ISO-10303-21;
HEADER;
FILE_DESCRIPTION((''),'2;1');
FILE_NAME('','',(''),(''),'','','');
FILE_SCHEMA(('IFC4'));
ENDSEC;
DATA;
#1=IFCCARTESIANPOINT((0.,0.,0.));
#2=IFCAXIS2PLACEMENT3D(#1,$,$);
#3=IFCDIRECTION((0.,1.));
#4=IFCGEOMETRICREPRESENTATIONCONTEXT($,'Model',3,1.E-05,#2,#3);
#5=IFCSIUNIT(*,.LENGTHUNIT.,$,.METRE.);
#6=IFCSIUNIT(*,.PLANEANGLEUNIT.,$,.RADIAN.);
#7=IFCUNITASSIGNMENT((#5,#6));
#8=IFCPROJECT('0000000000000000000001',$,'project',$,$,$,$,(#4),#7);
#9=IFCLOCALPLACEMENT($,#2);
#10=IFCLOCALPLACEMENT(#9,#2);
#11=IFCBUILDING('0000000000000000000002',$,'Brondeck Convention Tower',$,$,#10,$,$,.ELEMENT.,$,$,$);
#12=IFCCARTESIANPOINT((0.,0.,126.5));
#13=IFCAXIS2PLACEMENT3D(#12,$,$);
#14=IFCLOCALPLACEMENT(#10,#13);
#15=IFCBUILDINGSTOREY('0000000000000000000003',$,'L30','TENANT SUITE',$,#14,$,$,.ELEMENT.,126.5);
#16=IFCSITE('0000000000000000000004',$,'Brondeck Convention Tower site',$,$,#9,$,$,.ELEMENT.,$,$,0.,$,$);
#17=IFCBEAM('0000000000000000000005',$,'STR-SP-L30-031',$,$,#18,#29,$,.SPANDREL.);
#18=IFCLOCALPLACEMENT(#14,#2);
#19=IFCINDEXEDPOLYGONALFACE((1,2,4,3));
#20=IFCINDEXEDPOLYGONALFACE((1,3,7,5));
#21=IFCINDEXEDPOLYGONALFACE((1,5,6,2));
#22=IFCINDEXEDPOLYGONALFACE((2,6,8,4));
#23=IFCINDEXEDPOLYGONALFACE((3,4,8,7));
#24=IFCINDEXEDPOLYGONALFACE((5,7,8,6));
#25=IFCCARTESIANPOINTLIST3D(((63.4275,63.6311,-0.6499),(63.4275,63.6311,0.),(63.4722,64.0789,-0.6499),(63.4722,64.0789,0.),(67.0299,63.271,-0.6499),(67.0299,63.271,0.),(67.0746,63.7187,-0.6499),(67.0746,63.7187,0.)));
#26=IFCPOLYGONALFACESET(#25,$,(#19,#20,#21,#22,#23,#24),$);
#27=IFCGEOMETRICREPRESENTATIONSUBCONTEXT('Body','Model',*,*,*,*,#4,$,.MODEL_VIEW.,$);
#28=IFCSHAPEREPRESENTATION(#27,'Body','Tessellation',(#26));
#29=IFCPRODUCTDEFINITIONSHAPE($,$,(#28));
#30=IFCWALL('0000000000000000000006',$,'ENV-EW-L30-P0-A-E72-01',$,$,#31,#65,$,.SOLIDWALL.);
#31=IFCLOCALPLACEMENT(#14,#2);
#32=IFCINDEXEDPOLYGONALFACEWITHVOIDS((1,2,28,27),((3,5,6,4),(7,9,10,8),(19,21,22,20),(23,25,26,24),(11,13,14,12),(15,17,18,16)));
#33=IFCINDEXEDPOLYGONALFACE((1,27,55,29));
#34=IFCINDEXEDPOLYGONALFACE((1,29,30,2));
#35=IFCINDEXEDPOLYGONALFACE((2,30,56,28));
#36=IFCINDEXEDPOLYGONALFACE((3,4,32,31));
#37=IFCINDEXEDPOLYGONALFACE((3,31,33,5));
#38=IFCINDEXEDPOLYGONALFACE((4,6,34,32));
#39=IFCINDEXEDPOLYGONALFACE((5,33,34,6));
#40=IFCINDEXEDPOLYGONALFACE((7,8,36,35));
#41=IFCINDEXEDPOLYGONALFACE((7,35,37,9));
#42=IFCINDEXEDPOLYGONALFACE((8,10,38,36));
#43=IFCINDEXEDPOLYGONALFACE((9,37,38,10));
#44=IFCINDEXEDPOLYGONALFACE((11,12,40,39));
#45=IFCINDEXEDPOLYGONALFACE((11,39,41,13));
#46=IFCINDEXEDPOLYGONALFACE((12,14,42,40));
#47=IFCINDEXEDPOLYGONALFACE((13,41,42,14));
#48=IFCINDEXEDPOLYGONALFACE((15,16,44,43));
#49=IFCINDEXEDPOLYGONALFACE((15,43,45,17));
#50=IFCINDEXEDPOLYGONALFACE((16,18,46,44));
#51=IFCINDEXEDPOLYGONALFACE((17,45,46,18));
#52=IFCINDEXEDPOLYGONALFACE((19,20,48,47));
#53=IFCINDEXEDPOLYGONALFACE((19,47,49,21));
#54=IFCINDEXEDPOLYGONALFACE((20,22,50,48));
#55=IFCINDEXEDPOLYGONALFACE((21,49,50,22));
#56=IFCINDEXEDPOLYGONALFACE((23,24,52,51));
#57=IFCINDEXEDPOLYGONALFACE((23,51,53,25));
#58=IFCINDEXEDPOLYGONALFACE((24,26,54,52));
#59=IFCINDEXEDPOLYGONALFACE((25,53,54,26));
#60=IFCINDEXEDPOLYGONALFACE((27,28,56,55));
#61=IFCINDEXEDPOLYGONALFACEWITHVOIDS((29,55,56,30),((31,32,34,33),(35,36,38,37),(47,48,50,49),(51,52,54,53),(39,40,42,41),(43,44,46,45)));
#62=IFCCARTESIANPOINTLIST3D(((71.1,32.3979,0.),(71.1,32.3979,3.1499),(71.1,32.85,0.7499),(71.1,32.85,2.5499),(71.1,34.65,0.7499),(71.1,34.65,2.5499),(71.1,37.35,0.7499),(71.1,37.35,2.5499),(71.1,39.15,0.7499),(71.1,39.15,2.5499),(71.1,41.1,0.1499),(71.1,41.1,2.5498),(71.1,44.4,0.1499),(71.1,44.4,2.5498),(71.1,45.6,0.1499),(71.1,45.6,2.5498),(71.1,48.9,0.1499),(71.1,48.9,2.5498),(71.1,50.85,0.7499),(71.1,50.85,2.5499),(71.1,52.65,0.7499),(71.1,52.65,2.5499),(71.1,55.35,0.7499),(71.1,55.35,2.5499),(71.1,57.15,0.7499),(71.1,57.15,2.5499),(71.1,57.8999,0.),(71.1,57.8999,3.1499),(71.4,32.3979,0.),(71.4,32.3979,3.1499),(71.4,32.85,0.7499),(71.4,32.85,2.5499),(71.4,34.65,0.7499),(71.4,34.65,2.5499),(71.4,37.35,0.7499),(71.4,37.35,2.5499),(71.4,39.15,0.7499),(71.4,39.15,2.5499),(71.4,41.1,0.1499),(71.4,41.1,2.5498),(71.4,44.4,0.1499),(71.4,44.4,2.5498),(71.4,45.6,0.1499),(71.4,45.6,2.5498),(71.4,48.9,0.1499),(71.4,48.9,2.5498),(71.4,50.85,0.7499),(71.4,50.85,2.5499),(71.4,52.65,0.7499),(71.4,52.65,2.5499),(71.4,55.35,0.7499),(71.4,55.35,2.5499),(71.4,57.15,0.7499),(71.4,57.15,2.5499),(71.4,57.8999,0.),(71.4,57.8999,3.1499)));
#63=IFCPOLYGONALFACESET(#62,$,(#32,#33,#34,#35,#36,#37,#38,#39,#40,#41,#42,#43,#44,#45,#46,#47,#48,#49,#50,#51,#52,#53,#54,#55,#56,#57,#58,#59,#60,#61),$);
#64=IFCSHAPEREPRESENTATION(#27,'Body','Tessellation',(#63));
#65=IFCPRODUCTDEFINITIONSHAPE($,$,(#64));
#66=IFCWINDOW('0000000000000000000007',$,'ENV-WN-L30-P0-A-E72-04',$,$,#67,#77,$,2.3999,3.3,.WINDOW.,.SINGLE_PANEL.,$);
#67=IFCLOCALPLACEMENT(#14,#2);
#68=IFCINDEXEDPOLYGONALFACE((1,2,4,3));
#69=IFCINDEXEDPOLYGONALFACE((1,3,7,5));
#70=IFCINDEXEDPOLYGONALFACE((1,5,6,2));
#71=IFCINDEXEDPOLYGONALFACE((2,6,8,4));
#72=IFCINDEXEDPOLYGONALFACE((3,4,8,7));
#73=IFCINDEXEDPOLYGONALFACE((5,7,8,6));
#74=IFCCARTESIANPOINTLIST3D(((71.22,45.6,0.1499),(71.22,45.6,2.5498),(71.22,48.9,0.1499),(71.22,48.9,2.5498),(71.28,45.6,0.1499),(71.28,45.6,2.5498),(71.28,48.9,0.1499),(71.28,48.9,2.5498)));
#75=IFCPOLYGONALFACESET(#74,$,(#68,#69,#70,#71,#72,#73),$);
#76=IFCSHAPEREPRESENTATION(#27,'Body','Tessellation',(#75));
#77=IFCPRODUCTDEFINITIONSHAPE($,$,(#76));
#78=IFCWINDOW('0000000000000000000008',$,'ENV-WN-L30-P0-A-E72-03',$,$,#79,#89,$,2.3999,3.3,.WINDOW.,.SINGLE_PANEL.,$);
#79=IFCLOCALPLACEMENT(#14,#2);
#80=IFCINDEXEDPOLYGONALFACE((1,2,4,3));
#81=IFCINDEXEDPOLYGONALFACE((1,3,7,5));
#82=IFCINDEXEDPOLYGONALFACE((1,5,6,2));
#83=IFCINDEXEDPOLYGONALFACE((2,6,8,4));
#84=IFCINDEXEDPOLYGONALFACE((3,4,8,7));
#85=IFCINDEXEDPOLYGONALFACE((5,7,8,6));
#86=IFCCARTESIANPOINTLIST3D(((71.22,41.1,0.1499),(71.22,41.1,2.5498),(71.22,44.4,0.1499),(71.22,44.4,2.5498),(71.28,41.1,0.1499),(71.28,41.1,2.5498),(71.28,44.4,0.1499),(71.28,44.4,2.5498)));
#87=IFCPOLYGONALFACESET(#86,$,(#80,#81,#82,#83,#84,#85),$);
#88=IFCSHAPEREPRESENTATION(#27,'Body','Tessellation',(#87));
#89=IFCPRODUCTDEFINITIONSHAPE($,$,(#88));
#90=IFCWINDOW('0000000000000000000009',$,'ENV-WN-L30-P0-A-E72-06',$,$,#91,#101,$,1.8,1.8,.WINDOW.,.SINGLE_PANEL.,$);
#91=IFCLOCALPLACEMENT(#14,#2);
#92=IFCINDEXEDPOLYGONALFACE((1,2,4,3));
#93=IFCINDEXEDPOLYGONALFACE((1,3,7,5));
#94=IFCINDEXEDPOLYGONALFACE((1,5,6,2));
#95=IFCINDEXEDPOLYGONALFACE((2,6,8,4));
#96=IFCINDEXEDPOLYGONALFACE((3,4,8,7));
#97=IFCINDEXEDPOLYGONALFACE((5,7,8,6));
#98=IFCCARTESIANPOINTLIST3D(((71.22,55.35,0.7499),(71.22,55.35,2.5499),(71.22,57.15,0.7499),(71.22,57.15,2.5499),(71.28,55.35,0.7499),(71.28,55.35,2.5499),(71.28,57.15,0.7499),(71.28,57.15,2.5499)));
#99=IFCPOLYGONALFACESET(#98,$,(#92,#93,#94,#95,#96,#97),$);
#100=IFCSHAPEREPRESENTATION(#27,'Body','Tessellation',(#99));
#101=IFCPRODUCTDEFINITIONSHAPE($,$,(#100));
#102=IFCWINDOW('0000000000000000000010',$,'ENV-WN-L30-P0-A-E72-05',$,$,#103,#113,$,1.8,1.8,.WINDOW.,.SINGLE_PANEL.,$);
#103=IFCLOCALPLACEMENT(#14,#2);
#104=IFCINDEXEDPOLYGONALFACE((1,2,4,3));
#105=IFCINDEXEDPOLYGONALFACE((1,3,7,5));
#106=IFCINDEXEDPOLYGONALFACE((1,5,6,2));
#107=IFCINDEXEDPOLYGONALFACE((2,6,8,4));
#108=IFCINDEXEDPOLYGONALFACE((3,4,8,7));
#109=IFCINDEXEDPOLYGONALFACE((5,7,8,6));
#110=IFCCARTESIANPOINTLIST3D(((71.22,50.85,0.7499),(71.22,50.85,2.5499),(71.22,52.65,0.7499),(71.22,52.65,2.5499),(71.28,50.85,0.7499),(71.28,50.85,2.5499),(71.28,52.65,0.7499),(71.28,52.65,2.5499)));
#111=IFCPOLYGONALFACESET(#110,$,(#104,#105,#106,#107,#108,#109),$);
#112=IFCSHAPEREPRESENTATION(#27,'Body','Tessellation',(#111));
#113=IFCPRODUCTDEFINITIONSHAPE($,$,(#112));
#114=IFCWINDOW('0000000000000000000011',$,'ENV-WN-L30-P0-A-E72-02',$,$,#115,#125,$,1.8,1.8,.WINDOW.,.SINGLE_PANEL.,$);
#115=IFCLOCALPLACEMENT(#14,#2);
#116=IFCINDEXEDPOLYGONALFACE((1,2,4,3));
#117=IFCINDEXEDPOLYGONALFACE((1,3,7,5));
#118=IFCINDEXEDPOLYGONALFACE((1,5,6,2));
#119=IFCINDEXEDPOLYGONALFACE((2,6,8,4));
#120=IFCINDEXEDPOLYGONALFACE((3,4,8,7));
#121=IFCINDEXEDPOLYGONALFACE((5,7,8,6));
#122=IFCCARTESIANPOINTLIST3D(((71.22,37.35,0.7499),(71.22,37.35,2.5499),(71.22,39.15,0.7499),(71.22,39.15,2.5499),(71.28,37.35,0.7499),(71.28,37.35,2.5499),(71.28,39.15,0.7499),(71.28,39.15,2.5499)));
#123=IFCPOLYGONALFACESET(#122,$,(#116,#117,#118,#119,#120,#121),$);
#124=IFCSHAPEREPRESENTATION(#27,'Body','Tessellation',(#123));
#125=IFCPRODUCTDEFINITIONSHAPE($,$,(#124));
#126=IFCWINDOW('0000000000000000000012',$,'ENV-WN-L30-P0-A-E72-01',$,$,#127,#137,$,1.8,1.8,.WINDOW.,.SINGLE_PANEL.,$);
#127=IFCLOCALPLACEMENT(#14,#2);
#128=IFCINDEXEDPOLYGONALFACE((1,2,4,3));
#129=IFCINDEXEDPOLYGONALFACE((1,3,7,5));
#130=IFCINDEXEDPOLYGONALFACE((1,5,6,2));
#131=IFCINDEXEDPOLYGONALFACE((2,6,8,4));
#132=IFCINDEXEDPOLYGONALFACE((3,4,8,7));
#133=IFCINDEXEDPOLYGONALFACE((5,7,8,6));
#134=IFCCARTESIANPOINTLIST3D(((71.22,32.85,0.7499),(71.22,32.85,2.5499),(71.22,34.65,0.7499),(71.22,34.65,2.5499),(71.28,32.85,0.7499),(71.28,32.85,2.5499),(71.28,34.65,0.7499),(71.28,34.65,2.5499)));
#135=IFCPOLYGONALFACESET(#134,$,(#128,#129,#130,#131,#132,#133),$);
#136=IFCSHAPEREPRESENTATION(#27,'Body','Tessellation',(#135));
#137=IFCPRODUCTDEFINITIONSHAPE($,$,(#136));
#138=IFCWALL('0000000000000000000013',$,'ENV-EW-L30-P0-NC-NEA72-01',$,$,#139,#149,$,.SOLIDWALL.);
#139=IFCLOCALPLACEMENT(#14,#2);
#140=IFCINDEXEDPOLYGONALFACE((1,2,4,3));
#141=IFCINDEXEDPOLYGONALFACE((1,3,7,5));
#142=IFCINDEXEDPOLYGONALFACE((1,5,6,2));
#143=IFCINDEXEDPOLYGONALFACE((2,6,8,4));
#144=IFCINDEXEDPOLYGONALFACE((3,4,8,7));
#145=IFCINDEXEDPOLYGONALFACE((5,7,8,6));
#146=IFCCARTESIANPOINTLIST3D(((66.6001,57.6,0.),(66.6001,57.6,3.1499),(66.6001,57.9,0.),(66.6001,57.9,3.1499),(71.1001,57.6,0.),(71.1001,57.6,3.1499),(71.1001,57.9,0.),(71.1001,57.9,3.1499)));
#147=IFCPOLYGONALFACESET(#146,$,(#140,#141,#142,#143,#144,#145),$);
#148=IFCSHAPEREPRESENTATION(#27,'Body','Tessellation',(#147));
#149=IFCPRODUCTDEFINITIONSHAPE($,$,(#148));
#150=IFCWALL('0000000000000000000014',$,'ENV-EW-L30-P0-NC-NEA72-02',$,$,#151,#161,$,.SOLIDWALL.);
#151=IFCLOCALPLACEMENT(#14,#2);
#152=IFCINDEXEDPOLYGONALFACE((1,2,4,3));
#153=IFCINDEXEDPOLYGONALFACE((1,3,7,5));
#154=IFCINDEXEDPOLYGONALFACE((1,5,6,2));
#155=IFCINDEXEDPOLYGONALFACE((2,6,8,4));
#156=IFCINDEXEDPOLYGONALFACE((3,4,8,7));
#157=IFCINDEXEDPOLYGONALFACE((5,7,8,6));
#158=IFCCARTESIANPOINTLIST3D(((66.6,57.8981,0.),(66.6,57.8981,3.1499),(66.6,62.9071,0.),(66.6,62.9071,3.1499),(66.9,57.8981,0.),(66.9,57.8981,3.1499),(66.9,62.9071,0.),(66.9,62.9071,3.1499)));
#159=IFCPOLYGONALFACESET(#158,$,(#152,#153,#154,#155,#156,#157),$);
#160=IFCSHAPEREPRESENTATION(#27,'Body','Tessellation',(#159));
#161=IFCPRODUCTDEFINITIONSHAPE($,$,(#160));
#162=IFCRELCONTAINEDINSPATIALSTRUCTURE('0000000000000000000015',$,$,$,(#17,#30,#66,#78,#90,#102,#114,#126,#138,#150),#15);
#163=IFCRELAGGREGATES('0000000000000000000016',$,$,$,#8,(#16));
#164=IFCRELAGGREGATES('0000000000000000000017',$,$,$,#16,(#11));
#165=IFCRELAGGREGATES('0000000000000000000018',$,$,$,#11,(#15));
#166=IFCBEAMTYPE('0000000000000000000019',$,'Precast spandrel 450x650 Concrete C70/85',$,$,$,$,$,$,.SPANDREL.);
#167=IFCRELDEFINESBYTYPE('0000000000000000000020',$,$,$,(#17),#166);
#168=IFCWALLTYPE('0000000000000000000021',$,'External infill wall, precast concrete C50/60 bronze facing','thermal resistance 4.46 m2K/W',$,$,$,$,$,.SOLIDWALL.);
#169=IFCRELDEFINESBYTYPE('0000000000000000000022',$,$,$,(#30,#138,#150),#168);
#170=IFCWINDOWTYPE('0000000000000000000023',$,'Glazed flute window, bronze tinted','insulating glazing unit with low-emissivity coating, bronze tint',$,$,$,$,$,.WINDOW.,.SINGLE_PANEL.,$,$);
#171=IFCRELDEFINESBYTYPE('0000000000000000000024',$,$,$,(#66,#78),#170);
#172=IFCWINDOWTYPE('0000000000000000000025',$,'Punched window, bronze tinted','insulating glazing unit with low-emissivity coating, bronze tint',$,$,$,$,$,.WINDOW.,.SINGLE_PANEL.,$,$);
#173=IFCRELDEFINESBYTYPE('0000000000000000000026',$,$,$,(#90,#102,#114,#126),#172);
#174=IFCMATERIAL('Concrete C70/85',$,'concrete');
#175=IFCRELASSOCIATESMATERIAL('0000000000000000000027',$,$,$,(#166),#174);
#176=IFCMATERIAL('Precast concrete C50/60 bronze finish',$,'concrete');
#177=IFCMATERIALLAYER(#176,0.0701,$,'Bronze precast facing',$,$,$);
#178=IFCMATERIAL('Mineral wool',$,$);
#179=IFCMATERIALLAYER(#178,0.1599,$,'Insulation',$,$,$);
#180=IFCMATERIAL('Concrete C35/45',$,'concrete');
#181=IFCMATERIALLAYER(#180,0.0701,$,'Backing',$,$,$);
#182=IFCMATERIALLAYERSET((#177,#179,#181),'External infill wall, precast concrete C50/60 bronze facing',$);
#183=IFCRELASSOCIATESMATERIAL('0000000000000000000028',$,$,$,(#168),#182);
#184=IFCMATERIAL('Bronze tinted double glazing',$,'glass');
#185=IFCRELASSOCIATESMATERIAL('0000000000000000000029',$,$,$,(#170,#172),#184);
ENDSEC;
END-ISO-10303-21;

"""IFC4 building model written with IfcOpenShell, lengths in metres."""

from ifc_helpers import new_model, si_unit, direction, frame, frame_2d, origin, origin_2d, place, context, subcontext, project, spatial, rectangle, extrude, material, layer, layer_set, material_profile, profile_set, type_object, element, fill, save


model = new_model("IFC4")

# Units and contexts
model_context = context("Model", 3, precision=1e-05, world=origin(), true_north=direction((0.0, 1.0)))
body_context = subcontext(model_context, "Body", "Model", "MODEL_VIEW")
ifc_project = project(units=[si_unit("LENGTHUNIT", "METRE"), si_unit("PLANEANGLEUNIT", "RADIAN")], contexts=[model_context])

# Site, building, storey
site_placement = place(None, origin())
site = spatial("IfcSite", under=ifc_project, at=site_placement, Name="Brondeck Convention Tower site", CompositionType="ELEMENT", RefElevation=0.0)
building_placement = place(site_placement, origin())
building = spatial("IfcBuilding", under=site, at=building_placement, Name="Brondeck Convention Tower", CompositionType="ELEMENT")
storey_placement = place(building_placement, frame((0.0, 0.0, 126.5)))
storey = spatial("IfcBuildingStorey", under=building, at=storey_placement, Name="L30", Description="TENANT SUITE", CompositionType="ELEMENT", Elevation=126.5)

# Shared definitions
ifc_material_1 = material(Name="Concrete C70/85", Category="concrete")

# Beam
ifc_material_profile_1 = material_profile(ifc_material_1, rectangle(XDim=0.45, YDim=0.6499, at=origin_2d()), Name="Precast spandrel 450x650 Concrete C70/85")
ifc_profile_set_1 = profile_set([ifc_material_profile_1], Name="Concrete C70/85")
beam_type_1 = type_object("IfcBeamType", Name="Precast spandrel 450x650 Concrete C70/85", PredefinedType="SPANDREL", material=ifc_profile_set_1)
beam_1_placement = place(storey_placement, frame((67.0522, 63.4949, -0.325), z_axis=(-0.995041, 0.09947, 0.0), x_axis=(-0.09947, -0.995041, 0.0)))
element("IfcBeam", 1, at=beam_1_placement, inside=storey, type_object=beam_type_1, Name="STR-SP-L30-031", PredefinedType="SPANDREL", context=body_context, shape_type="SweptSolid", body=[
    extrude(rectangle(XDim=0.45, YDim=0.6499, at=origin_2d()), origin(), (0.0, 0.0, 1.0), 3.6204),
])

# Wall, openings, windows
ifc_material_2 = material(Name="Precast concrete C50/60 bronze finish", Category="concrete")
ifc_layer_1 = layer(ifc_material_2, 0.0701, Name="Bronze precast facing")
ifc_material_3 = material(Name="Mineral wool")
ifc_layer_2 = layer(ifc_material_3, 0.1599, Name="Insulation")
ifc_material_4 = material(Name="Concrete C35/45", Category="concrete")
ifc_layer_3 = layer(ifc_material_4, 0.0701, Name="Backing")
ifc_layer_set_1 = layer_set([ifc_layer_1, ifc_layer_2, ifc_layer_3], Name="External infill wall, precast concrete C50/60 bronze facing")
wall_type_1 = type_object("IfcWallType", Name="External infill wall, precast concrete C50/60 bronze facing", Description="thermal resistance 4.46 m2K/W", PredefinedType="SOLIDWALL", material=ifc_layer_set_1)
wall_1_placement = place(storey_placement, frame((71.25, 57.8999, 0.0), z_axis=(0.0, 0.0, 1.0), x_axis=(0.0, -1.0, 0.0)))
wall_1 = element("IfcWall", 2, at=wall_1_placement, inside=storey, type_object=wall_type_1, Name="ENV-EW-L30-P0-A-E72-01", PredefinedType="SOLIDWALL", context=body_context, shape_type="SweptSolid", body=[
    extrude(rectangle(XDim=25.502, YDim=0.3, at=frame_2d((12.751, 0.0))), origin(), (0.0, 0.0, 1.0), 3.1499),
])
opening_1_placement = place(wall_1_placement, frame((0.75, 0.0, 0.75)))
opening_1 = element("IfcOpeningElement", 3, at=opening_1_placement, cuts=wall_1, PredefinedType="OPENING", context=body_context, shape_type="SweptSolid", body=[
    extrude(rectangle(XDim=1.8, YDim=1.8, at=frame_2d((0.8999, 0.8999))), frame((0.0, 0.1599, 0.0), z_axis=(0.0, -1.0, 0.0), x_axis=(1.0, 0.0, 0.0)), (0.0, 0.0, 1.0), 0.3201),
])
opening_2_placement = place(wall_1_placement, frame((5.25, 0.0, 0.75)))
opening_2 = element("IfcOpeningElement", 4, at=opening_2_placement, cuts=wall_1, PredefinedType="OPENING", context=body_context, shape_type="SweptSolid", body=[
    extrude(rectangle(XDim=1.8, YDim=1.8, at=frame_2d((0.8999, 0.8999))), frame((0.0, 0.1599, 0.0), z_axis=(0.0, -1.0, 0.0), x_axis=(1.0, 0.0, 0.0)), (0.0, 0.0, 1.0), 0.3201),
])
opening_3_placement = place(wall_1_placement, frame((9.0, 0.0, 0.1499)))
opening_3 = element("IfcOpeningElement", 5, at=opening_3_placement, cuts=wall_1, PredefinedType="OPENING", context=body_context, shape_type="SweptSolid", body=[
    extrude(rectangle(XDim=3.3, YDim=2.3999, at=frame_2d((1.6499, 1.2))), frame((0.0, 0.1599, 0.0), z_axis=(0.0, -1.0, 0.0), x_axis=(1.0, 0.0, 0.0)), (0.0, 0.0, 1.0), 0.3201),
])
opening_4_placement = place(wall_1_placement, frame((13.5, 0.0, 0.1499)))
opening_4 = element("IfcOpeningElement", 6, at=opening_4_placement, cuts=wall_1, PredefinedType="OPENING", context=body_context, shape_type="SweptSolid", body=[
    extrude(rectangle(XDim=3.3, YDim=2.3999, at=frame_2d((1.6499, 1.2))), frame((0.0, 0.1599, 0.0), z_axis=(0.0, -1.0, 0.0), x_axis=(1.0, 0.0, 0.0)), (0.0, 0.0, 1.0), 0.3201),
])
opening_5_placement = place(wall_1_placement, frame((18.75, 0.0, 0.75)))
opening_5 = element("IfcOpeningElement", 7, at=opening_5_placement, cuts=wall_1, PredefinedType="OPENING", context=body_context, shape_type="SweptSolid", body=[
    extrude(rectangle(XDim=1.8, YDim=1.8, at=frame_2d((0.8999, 0.8999))), frame((0.0, 0.1599, 0.0), z_axis=(0.0, -1.0, 0.0), x_axis=(1.0, 0.0, 0.0)), (0.0, 0.0, 1.0), 0.3201),
])
opening_6_placement = place(wall_1_placement, frame((23.25, 0.0, 0.75)))
opening_6 = element("IfcOpeningElement", 8, at=opening_6_placement, cuts=wall_1, PredefinedType="OPENING", context=body_context, shape_type="SweptSolid", body=[
    extrude(rectangle(XDim=1.8, YDim=1.8, at=frame_2d((0.8999, 0.8999))), frame((0.0, 0.1599, 0.0), z_axis=(0.0, -1.0, 0.0), x_axis=(1.0, 0.0, 0.0)), (0.0, 0.0, 1.0), 0.3201),
])
ifc_material_5 = material(Name="Bronze tinted double glazing", Category="glass")
window_type_1 = type_object("IfcWindowType", Name="Glazed flute window, bronze tinted", Description="insulating glazing unit with low-emissivity coating, bronze tint", PartitioningType="SINGLE_PANEL", PredefinedType="WINDOW", material=ifc_material_5)
window_1_placement = place(opening_3_placement, origin())
window_1 = element("IfcWindow", 9, at=window_1_placement, inside=storey, type_object=window_type_1, Name="ENV-WN-L30-P0-A-E72-04", OverallHeight=2.3999, OverallWidth=3.3, PartitioningType="SINGLE_PANEL", PredefinedType="WINDOW", context=body_context, shape_type="SweptSolid", body=[
    extrude(rectangle(XDim=3.3, YDim=2.3999, at=frame_2d((1.6499, 1.2))), frame((0.0, 0.03, 0.0), z_axis=(0.0, -1.0, 0.0), x_axis=(1.0, 0.0, 0.0)), (0.0, 0.0, 1.0), 0.0601),
])
fill(opening_3, window_1)
window_2_placement = place(opening_4_placement, origin())
window_2 = element("IfcWindow", 10, at=window_2_placement, inside=storey, type_object=window_type_1, Name="ENV-WN-L30-P0-A-E72-03", OverallHeight=2.3999, OverallWidth=3.3, PartitioningType="SINGLE_PANEL", PredefinedType="WINDOW", context=body_context, shape_type="SweptSolid", body=[
    extrude(rectangle(XDim=3.3, YDim=2.3999, at=frame_2d((1.6499, 1.2))), frame((0.0, 0.03, 0.0), z_axis=(0.0, -1.0, 0.0), x_axis=(1.0, 0.0, 0.0)), (0.0, 0.0, 1.0), 0.0601),
])
fill(opening_4, window_2)
window_type_2 = type_object("IfcWindowType", Name="Punched window, bronze tinted", Description="insulating glazing unit with low-emissivity coating, bronze tint", PartitioningType="SINGLE_PANEL", PredefinedType="WINDOW", material=ifc_material_5)
window_3_placement = place(opening_1_placement, origin())
window_3 = element("IfcWindow", 11, at=window_3_placement, inside=storey, type_object=window_type_2, Name="ENV-WN-L30-P0-A-E72-06", OverallHeight=1.8, OverallWidth=1.8, PartitioningType="SINGLE_PANEL", PredefinedType="WINDOW", context=body_context, shape_type="SweptSolid", body=[
    extrude(rectangle(XDim=1.8, YDim=1.8, at=frame_2d((0.8999, 0.8999))), frame((0.0, 0.03, 0.0), z_axis=(0.0, -1.0, 0.0), x_axis=(1.0, 0.0, 0.0)), (0.0, 0.0, 1.0), 0.0601),
])
fill(opening_1, window_3)
window_4_placement = place(opening_2_placement, origin())
window_4 = element("IfcWindow", 12, at=window_4_placement, inside=storey, type_object=window_type_2, Name="ENV-WN-L30-P0-A-E72-05", OverallHeight=1.8, OverallWidth=1.8, PartitioningType="SINGLE_PANEL", PredefinedType="WINDOW", context=body_context, shape_type="SweptSolid", body=[
    extrude(rectangle(XDim=1.8, YDim=1.8, at=frame_2d((0.8999, 0.8999))), frame((0.0, 0.03, 0.0), z_axis=(0.0, -1.0, 0.0), x_axis=(1.0, 0.0, 0.0)), (0.0, 0.0, 1.0), 0.0601),
])
fill(opening_2, window_4)
window_5_placement = place(opening_5_placement, origin())
window_5 = element("IfcWindow", 13, at=window_5_placement, inside=storey, type_object=window_type_2, Name="ENV-WN-L30-P0-A-E72-02", OverallHeight=1.8, OverallWidth=1.8, PartitioningType="SINGLE_PANEL", PredefinedType="WINDOW", context=body_context, shape_type="SweptSolid", body=[
    extrude(rectangle(XDim=1.8, YDim=1.8, at=frame_2d((0.8999, 0.8999))), frame((0.0, 0.03, 0.0), z_axis=(0.0, -1.0, 0.0), x_axis=(1.0, 0.0, 0.0)), (0.0, 0.0, 1.0), 0.0601),
])
fill(opening_5, window_5)
window_6_placement = place(opening_6_placement, origin())
window_6 = element("IfcWindow", 14, at=window_6_placement, inside=storey, type_object=window_type_2, Name="ENV-WN-L30-P0-A-E72-01", OverallHeight=1.8, OverallWidth=1.8, PartitioningType="SINGLE_PANEL", PredefinedType="WINDOW", context=body_context, shape_type="SweptSolid", body=[
    extrude(rectangle(XDim=1.8, YDim=1.8, at=frame_2d((0.8999, 0.8999))), frame((0.0, 0.03, 0.0), z_axis=(0.0, -1.0, 0.0), x_axis=(1.0, 0.0, 0.0)), (0.0, 0.0, 1.0), 0.0601),
])
fill(opening_6, window_6)

# Walls
wall_2_placement = place(storey_placement, frame((66.6001, 57.75, 0.0), z_axis=(0.0, 0.0, 1.0), x_axis=(1.0, 0.0, 0.0)))
element("IfcWall", 15, at=wall_2_placement, inside=storey, type_object=wall_type_1, Name="ENV-EW-L30-P0-NC-NEA72-01", PredefinedType="SOLIDWALL", context=body_context, shape_type="SweptSolid", body=[
    extrude(rectangle(XDim=4.5, YDim=0.3, at=frame_2d((2.25, 0.0))), origin(), (0.0, 0.0, 1.0), 3.1499),
])
wall_3_placement = place(storey_placement, frame((66.75, 62.907, 0.0), z_axis=(0.0, 0.0, 1.0), x_axis=(0.0, -1.0, 0.0)))
element("IfcWall", 16, at=wall_3_placement, inside=storey, type_object=wall_type_1, Name="ENV-EW-L30-P0-NC-NEA72-02", PredefinedType="SOLIDWALL", context=body_context, shape_type="SweptSolid", body=[
    extrude(rectangle(XDim=5.009, YDim=0.3, at=frame_2d((2.5044, 0.0))), origin(), (0.0, 0.0, 1.0), 3.1499),
])

save(model, "model.ifc")
